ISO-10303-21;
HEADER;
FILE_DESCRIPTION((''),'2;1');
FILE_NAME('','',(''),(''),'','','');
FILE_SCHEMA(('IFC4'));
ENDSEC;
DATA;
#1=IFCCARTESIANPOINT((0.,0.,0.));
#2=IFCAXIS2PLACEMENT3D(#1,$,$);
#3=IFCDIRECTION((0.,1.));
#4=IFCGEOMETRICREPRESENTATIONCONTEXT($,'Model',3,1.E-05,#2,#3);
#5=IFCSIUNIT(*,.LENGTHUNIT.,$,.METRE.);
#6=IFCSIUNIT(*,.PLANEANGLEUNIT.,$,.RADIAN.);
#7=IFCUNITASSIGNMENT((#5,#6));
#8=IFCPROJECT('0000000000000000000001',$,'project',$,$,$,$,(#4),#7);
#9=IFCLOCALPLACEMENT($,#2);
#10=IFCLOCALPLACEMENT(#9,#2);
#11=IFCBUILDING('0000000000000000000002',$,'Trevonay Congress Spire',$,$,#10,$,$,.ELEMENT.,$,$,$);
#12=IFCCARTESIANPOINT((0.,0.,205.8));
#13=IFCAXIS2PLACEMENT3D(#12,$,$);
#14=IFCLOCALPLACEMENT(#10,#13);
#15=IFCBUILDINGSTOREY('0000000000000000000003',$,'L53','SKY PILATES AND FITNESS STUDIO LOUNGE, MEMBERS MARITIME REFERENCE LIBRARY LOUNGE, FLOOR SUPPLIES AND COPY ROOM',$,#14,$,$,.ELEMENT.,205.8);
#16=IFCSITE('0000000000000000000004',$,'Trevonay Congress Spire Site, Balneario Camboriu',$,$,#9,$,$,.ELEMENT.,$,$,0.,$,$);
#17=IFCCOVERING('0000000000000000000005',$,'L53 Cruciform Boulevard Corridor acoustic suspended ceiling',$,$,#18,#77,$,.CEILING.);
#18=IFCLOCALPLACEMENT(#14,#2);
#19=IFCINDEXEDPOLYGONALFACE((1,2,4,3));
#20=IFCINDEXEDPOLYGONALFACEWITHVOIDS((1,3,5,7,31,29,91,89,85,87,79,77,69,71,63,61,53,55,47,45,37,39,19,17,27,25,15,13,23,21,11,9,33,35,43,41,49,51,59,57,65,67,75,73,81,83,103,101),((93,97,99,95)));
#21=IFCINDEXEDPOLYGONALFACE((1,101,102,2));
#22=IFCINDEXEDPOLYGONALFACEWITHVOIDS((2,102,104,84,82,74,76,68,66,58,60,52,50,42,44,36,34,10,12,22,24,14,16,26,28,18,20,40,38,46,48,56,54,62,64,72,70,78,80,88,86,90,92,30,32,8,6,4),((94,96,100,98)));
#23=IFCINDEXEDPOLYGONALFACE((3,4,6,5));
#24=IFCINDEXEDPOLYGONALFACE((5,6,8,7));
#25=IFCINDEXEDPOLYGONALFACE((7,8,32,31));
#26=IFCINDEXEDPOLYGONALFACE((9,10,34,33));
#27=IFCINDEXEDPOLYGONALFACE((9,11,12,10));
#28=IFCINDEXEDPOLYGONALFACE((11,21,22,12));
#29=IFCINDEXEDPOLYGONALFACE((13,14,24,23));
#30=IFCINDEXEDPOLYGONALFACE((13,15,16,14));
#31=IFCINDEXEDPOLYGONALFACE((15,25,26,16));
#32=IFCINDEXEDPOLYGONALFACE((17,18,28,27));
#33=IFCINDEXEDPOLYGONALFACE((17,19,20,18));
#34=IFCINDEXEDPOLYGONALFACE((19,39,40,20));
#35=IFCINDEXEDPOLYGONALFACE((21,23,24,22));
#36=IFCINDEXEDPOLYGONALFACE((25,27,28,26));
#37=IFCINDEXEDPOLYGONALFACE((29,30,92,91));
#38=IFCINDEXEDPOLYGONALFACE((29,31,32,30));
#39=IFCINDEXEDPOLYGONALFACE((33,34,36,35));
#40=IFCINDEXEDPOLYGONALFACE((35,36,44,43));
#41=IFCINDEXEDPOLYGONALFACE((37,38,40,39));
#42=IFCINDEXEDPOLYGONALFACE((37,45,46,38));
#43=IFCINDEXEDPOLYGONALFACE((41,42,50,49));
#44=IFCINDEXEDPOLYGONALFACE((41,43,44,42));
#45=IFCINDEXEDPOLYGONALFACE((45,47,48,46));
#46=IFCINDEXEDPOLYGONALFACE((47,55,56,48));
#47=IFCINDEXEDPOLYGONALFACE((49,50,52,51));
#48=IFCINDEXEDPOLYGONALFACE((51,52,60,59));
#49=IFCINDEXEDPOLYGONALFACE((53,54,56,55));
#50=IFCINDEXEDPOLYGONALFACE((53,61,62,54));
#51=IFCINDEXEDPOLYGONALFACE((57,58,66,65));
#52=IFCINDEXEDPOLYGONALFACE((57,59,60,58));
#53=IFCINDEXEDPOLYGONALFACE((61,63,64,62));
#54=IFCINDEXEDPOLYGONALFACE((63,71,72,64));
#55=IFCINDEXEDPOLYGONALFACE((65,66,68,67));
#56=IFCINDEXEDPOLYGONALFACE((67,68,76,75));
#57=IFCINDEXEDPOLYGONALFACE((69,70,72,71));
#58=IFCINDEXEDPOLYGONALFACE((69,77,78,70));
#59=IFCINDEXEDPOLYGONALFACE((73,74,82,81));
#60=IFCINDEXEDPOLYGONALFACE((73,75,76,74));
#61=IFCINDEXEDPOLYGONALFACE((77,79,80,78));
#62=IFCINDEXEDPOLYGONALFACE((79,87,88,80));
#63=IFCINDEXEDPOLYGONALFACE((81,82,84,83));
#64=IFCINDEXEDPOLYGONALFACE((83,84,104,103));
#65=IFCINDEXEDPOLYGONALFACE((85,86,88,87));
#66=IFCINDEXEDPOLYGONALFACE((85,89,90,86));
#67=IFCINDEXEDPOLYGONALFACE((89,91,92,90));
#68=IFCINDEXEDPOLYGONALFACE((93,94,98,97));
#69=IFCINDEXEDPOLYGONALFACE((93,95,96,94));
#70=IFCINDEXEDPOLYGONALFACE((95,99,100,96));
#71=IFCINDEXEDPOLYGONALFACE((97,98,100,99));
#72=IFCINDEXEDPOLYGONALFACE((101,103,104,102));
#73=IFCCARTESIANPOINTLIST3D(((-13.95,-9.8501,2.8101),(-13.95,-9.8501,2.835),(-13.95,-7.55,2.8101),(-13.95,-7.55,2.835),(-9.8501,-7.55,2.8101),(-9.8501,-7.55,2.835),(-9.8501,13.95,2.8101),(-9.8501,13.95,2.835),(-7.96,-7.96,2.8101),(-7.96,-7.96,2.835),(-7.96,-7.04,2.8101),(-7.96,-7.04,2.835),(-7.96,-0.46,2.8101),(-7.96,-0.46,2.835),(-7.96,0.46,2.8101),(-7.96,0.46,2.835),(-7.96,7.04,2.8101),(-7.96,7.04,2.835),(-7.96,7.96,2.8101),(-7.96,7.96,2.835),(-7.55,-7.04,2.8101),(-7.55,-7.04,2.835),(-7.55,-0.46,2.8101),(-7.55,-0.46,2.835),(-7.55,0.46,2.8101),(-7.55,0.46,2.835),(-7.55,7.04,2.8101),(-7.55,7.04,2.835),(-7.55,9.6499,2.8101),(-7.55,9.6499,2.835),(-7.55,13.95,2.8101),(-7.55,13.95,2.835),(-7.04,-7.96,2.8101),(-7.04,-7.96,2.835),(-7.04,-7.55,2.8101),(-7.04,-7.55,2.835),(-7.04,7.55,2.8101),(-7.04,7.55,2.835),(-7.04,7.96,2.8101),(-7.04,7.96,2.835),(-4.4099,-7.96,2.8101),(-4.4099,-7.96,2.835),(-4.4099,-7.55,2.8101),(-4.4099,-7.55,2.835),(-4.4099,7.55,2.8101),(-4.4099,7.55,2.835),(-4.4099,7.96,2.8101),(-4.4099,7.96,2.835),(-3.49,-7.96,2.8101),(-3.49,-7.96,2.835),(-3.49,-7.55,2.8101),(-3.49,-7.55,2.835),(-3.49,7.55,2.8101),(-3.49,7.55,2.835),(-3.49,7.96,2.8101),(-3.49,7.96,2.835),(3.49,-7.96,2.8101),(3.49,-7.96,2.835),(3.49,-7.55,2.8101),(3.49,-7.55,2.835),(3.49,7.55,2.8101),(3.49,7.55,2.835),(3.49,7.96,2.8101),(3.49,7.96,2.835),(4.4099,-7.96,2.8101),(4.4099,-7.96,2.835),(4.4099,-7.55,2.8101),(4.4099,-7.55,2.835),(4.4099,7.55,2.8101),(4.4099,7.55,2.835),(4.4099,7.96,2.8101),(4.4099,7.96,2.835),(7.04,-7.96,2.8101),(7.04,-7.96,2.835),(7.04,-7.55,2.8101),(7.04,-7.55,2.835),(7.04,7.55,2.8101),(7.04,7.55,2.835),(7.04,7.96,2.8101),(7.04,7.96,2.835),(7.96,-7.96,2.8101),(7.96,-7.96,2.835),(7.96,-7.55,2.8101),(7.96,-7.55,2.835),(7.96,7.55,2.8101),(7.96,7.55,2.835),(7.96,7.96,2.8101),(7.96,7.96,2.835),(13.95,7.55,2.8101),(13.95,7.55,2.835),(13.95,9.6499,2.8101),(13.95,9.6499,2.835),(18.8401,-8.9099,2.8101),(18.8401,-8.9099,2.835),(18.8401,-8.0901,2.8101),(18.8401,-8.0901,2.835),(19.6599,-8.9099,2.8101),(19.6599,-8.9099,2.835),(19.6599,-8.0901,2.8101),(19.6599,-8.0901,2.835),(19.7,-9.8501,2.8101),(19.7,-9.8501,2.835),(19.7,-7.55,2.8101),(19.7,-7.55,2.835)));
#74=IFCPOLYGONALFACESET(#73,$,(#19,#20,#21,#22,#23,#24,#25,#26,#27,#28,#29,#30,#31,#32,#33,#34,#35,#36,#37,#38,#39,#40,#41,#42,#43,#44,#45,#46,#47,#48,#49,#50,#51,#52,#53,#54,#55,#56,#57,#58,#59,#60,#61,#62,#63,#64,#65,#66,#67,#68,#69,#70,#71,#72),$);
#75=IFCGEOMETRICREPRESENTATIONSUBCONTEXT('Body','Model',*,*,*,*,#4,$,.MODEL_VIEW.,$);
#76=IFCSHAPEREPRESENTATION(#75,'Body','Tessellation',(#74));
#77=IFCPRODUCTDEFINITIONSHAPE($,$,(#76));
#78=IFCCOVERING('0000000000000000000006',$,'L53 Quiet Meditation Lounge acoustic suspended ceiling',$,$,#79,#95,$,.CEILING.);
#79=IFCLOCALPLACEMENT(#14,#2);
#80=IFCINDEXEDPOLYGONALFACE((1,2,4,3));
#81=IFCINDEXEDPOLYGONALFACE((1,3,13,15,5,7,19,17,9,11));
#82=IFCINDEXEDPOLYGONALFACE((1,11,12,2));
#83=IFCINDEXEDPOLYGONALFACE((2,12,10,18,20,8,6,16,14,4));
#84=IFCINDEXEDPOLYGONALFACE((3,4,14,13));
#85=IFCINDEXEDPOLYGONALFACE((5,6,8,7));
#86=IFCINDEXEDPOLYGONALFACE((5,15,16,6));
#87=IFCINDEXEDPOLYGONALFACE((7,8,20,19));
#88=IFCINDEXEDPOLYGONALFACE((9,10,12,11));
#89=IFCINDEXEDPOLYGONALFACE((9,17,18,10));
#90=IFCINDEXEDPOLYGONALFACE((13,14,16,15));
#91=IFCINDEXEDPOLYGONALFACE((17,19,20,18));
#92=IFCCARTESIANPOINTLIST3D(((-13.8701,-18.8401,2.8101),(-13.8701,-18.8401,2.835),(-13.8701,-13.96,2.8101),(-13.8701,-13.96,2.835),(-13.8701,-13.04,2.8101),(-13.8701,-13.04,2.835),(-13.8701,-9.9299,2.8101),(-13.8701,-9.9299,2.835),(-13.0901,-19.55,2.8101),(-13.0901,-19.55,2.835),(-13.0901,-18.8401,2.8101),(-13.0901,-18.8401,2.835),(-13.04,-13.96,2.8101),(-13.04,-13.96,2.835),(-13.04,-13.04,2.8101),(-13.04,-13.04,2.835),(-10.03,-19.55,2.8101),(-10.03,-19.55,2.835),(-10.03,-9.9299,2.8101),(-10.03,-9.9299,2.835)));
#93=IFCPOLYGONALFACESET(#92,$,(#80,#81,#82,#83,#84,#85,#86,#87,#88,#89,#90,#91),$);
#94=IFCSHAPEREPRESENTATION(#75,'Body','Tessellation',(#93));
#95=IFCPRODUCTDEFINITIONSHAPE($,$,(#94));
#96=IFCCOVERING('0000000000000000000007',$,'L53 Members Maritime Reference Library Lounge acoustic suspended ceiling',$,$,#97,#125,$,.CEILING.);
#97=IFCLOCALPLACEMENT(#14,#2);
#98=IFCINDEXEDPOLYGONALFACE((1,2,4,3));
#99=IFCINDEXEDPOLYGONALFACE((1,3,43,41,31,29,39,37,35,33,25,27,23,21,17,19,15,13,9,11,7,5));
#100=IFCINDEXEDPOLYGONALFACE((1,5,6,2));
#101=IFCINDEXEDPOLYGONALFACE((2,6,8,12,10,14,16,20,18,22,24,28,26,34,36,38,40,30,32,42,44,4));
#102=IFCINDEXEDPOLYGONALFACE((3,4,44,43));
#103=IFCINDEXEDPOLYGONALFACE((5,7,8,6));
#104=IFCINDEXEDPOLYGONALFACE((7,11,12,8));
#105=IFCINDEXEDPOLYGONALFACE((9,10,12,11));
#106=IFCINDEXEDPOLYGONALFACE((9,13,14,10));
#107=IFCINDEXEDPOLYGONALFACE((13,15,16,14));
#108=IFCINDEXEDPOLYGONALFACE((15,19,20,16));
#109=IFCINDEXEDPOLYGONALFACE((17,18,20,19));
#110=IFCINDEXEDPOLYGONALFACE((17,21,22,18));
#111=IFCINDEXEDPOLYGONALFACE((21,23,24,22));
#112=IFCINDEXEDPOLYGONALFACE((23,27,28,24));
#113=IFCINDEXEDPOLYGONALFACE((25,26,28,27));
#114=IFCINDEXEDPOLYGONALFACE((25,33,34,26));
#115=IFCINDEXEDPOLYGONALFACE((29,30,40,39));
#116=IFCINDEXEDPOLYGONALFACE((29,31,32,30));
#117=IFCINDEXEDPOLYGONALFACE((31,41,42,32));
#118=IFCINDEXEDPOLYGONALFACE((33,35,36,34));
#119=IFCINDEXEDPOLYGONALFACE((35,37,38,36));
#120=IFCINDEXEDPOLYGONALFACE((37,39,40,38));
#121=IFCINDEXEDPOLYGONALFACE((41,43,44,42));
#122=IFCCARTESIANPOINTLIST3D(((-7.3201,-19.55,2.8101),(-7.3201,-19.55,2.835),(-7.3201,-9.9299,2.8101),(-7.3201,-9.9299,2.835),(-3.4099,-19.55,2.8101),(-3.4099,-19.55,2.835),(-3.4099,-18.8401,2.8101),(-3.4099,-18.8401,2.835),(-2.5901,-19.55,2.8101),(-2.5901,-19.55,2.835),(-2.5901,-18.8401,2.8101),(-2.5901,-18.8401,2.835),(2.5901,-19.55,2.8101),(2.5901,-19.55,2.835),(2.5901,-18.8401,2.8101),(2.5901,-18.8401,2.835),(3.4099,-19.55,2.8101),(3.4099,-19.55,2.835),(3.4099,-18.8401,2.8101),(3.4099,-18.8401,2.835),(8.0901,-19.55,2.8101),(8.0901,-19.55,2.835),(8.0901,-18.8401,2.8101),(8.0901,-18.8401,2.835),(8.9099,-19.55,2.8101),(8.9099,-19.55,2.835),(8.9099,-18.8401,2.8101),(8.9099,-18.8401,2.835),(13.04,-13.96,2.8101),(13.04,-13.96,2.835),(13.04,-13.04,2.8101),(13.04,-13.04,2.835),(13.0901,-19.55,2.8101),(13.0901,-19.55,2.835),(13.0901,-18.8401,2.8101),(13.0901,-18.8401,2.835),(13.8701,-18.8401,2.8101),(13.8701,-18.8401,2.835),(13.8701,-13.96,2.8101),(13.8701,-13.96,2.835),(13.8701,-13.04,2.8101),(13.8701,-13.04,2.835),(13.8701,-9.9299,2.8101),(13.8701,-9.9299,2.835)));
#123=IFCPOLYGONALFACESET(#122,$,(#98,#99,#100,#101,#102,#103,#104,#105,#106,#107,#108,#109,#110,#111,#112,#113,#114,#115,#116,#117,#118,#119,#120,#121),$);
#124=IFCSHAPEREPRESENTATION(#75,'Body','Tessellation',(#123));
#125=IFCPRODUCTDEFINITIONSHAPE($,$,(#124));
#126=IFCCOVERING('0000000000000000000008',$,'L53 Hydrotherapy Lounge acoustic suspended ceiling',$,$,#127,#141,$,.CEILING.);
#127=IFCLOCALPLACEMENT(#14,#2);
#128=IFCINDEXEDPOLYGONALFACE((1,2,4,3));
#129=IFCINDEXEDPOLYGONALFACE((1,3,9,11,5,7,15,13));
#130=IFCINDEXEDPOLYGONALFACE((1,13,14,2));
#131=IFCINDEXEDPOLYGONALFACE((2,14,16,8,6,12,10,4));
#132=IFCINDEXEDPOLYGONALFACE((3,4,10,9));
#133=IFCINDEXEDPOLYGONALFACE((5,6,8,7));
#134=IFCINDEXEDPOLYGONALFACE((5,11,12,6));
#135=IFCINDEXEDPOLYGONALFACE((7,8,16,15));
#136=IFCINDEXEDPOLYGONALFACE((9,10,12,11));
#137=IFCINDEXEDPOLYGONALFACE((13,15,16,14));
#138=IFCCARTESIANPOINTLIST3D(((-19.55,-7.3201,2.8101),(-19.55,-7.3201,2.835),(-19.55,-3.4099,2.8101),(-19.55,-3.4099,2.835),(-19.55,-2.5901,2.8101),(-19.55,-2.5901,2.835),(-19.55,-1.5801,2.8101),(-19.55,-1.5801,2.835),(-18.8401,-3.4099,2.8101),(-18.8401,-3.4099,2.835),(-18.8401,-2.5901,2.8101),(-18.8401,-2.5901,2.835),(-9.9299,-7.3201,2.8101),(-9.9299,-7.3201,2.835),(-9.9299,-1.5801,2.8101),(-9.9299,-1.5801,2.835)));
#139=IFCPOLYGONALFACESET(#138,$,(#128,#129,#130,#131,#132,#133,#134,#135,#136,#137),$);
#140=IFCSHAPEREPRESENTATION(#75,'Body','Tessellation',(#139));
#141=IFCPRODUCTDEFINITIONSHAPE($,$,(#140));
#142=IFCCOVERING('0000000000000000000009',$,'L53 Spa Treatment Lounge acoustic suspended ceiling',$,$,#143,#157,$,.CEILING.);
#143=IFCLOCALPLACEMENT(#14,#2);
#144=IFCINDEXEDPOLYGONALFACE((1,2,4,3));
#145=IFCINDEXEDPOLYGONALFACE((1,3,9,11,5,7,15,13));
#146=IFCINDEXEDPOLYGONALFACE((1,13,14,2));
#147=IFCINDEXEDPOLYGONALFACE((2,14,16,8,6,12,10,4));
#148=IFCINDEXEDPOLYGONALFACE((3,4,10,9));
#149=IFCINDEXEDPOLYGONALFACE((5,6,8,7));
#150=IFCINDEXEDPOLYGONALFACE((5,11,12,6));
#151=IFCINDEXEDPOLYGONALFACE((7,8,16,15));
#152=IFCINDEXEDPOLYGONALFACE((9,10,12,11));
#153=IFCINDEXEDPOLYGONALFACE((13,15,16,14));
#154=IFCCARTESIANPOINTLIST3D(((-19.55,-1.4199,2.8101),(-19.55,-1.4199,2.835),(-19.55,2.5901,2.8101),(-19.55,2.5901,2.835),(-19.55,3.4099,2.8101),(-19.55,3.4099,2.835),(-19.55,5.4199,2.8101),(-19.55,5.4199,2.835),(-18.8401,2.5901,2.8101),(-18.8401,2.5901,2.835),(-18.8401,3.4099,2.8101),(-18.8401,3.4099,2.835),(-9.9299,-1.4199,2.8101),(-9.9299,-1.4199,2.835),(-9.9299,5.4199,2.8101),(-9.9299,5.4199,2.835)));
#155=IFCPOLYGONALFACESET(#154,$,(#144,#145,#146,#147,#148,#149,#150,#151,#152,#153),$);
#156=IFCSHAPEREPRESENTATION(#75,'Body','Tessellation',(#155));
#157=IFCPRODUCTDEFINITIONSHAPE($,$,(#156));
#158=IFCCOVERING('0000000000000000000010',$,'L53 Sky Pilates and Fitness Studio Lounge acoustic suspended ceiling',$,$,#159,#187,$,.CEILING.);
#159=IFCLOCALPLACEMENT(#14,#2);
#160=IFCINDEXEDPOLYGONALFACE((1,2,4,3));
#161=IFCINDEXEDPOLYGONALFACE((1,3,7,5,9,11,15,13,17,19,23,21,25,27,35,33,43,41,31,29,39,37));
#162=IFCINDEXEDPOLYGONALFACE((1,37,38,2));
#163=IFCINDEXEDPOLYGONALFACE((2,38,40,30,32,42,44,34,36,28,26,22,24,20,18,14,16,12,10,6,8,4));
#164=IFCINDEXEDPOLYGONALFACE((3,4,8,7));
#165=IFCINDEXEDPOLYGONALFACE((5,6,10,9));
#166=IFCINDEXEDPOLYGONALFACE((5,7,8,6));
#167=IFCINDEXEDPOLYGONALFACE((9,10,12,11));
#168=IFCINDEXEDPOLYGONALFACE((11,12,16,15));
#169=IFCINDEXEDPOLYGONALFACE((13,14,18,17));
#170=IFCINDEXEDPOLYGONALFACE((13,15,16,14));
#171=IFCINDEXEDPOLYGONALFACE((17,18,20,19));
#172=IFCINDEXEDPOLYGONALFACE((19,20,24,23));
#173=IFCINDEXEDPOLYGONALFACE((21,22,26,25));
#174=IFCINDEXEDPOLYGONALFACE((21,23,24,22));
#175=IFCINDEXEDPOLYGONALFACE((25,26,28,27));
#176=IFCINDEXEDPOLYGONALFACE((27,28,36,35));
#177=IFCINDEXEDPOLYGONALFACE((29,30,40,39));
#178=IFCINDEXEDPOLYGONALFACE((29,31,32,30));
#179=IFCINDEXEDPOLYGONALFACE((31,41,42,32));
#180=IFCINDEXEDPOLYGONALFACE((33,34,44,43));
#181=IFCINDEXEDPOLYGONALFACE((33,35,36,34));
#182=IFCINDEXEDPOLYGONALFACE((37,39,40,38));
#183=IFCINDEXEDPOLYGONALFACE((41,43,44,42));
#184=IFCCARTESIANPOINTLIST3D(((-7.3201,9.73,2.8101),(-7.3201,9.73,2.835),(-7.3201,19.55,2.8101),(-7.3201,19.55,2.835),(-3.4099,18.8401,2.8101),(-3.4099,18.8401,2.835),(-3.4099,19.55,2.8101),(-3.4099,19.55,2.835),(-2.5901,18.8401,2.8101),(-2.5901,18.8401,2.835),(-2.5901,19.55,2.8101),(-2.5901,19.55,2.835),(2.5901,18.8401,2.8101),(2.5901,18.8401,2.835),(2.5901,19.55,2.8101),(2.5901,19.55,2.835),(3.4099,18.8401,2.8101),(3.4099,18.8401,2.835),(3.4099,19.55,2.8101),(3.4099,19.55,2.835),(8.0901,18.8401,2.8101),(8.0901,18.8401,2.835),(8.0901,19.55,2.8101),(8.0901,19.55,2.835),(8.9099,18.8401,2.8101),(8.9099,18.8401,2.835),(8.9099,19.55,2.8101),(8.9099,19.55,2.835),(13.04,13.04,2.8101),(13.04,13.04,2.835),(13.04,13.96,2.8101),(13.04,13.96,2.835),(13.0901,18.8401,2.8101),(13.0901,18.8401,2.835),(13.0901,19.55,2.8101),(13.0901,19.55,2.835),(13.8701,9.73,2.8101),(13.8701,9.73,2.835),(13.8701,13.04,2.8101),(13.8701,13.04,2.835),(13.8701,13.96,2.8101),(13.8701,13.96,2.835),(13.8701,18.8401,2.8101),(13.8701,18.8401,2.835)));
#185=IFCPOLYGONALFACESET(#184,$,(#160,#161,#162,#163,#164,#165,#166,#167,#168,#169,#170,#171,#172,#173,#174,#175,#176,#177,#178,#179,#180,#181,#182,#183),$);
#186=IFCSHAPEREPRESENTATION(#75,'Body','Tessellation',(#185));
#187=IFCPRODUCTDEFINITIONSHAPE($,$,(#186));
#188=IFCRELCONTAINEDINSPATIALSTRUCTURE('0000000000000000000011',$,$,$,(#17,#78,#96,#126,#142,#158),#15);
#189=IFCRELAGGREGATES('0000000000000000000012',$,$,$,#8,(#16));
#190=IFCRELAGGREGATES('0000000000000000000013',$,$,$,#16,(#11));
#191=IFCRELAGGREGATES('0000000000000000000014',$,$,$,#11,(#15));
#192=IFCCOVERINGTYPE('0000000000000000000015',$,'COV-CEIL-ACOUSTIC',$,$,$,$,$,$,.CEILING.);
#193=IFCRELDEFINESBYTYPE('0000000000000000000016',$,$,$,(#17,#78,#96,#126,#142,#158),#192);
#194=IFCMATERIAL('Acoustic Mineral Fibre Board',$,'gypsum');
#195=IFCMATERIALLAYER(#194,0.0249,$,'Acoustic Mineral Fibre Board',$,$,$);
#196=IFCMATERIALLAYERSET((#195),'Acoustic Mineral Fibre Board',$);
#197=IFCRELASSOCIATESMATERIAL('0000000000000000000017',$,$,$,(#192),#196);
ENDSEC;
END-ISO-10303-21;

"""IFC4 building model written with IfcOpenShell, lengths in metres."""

from ifc_helpers import new_model, si_unit, direction, frame, origin, place, context, subcontext, project, spatial, polyline, outline, extrude, material, layer, layer_set, type_object, element, save


model = new_model("IFC4")

# Units and contexts
model_context = context("Model", 3, precision=1e-05, world=origin(), true_north=direction((0.0, 1.0)))
body_context = subcontext(model_context, "Body", "Model", "MODEL_VIEW")
ifc_project = project(units=[si_unit("LENGTHUNIT", "METRE"), si_unit("PLANEANGLEUNIT", "RADIAN")], contexts=[model_context])

# Site, building, storey
site_placement = place(None, origin())
site = spatial("IfcSite", under=ifc_project, at=site_placement, Name="Trevonay Congress Spire Site, Balneario Camboriu", CompositionType="ELEMENT", RefElevation=0.0)
building_placement = place(site_placement, origin())
building = spatial("IfcBuilding", under=site, at=building_placement, Name="Trevonay Congress Spire", CompositionType="ELEMENT")
storey_placement = place(building_placement, frame((0.0, 0.0, 205.8)))
storey = spatial("IfcBuildingStorey", under=building, at=storey_placement, Name="L53", Description="SKY PILATES AND FITNESS STUDIO LOUNGE, MEMBERS MARITIME REFERENCE LIBRARY LOUNGE, FLOOR SUPPLIES AND COPY ROOM", CompositionType="ELEMENT", Elevation=205.8)

# Coverings
ifc_material_1 = material(Name="Acoustic Mineral Fibre Board", Category="gypsum")
ifc_layer_1 = layer(ifc_material_1, 0.0249, Name="Acoustic Mineral Fibre Board")
ifc_layer_set_1 = layer_set([ifc_layer_1], Name="Acoustic Mineral Fibre Board")
covering_type_1 = type_object("IfcCoveringType", Name="COV-CEIL-ACOUSTIC", PredefinedType="CEILING", material=ifc_layer_set_1)
covering_1_placement = place(storey_placement, frame((0.0, 0.0, 2.8101)))
element("IfcCovering", 1, at=covering_1_placement, inside=storey, type_object=covering_type_1, Name="L53 Cruciform Boulevard Corridor acoustic suspended ceiling", PredefinedType="CEILING", context=body_context, shape_type="SweptSolid", body=[
    extrude(outline(polyline([(19.7, -7.55), (19.7, -9.8501), (-13.95, -9.8501), (-13.95, -7.55), (-9.8501, -7.55), (-9.8501, 13.95), (-7.55, 13.95), (-7.55, 9.6499), (13.95, 9.6499), (13.95, 7.55), (7.96, 7.55), (7.96, 7.96), (7.04, 7.96), (7.04, 7.55), (4.4099, 7.55), (4.4099, 7.96), (3.49, 7.96), (3.49, 7.55), (-3.49, 7.55), (-3.49, 7.96), (-4.4099, 7.96), (-4.4099, 7.55), (-7.04, 7.55), (-7.04, 7.96), (-7.96, 7.96), (-7.96, 7.04), (-7.55, 7.04), (-7.55, 0.46), (-7.96, 0.46), (-7.96, -0.46), (-7.55, -0.46), (-7.55, -7.04), (-7.96, -7.04), (-7.96, -7.96), (-7.04, -7.96), (-7.04, -7.55), (-4.4099, -7.55), (-4.4099, -7.96), (-3.49, -7.96), (-3.49, -7.55), (3.49, -7.55), (3.49, -7.96), (4.4099, -7.96), (4.4099, -7.55), (7.04, -7.55), (7.04, -7.96), (7.96, -7.96), (7.96, -7.55), (19.7, -7.55)]), holes=[polyline([(19.6599, -8.0901), (18.8401, -8.0901), (18.8401, -8.9099), (19.6599, -8.9099), (19.6599, -8.0901)])]), origin(), (0.0, 0.0, 1.0), 0.0249),
])
covering_2_placement = place(storey_placement, frame((0.0, 0.0, 2.8101)))
element("IfcCovering", 2, at=covering_2_placement, inside=storey, type_object=covering_type_1, Name="L53 Quiet Meditation Lounge acoustic suspended ceiling", PredefinedType="CEILING", context=body_context, shape_type="SweptSolid", body=[
    extrude(outline(polyline([(-13.8701, -9.9299), (-10.03, -9.9299), (-10.03, -19.55), (-13.0901, -19.55), (-13.0901, -18.8401), (-13.8701, -18.8401), (-13.8701, -13.96), (-13.04, -13.96), (-13.04, -13.04), (-13.8701, -13.04), (-13.8701, -9.9299)])), origin(), (0.0, 0.0, 1.0), 0.0249),
])
covering_3_placement = place(storey_placement, frame((0.0, 0.0, 2.8101)))
element("IfcCovering", 3, at=covering_3_placement, inside=storey, type_object=covering_type_1, Name="L53 Members Maritime Reference Library Lounge acoustic suspended ceiling", PredefinedType="CEILING", context=body_context, shape_type="SweptSolid", body=[
    extrude(outline(polyline([(-7.3201, -19.55), (-7.3201, -9.9299), (13.8701, -9.9299), (13.8701, -13.04), (13.04, -13.04), (13.04, -13.96), (13.8701, -13.96), (13.8701, -18.8401), (13.0901, -18.8401), (13.0901, -19.55), (8.9099, -19.55), (8.9099, -18.8401), (8.0901, -18.8401), (8.0901, -19.55), (3.4099, -19.55), (3.4099, -18.8401), (2.5901, -18.8401), (2.5901, -19.55), (-2.5901, -19.55), (-2.5901, -18.8401), (-3.4099, -18.8401), (-3.4099, -19.55), (-7.3201, -19.55)])), origin(), (0.0, 0.0, 1.0), 0.0249),
])
covering_4_placement = place(storey_placement, frame((0.0, 0.0, 2.8101)))
element("IfcCovering", 4, at=covering_4_placement, inside=storey, type_object=covering_type_1, Name="L53 Hydrotherapy Lounge acoustic suspended ceiling", PredefinedType="CEILING", context=body_context, shape_type="SweptSolid", body=[
    extrude(outline(polyline([(-19.55, -1.5801), (-9.9299, -1.5801), (-9.9299, -7.3201), (-19.55, -7.3201), (-19.55, -3.4099), (-18.8401, -3.4099), (-18.8401, -2.5901), (-19.55, -2.5901), (-19.55, -1.5801)])), origin(), (0.0, 0.0, 1.0), 0.0249),
])
covering_5_placement = place(storey_placement, frame((0.0, 0.0, 2.8101)))
element("IfcCovering", 5, at=covering_5_placement, inside=storey, type_object=covering_type_1, Name="L53 Spa Treatment Lounge acoustic suspended ceiling", PredefinedType="CEILING", context=body_context, shape_type="SweptSolid", body=[
    extrude(outline(polyline([(-19.55, 5.4199), (-9.9299, 5.4199), (-9.9299, -1.4199), (-19.55, -1.4199), (-19.55, 2.5901), (-18.8401, 2.5901), (-18.8401, 3.4099), (-19.55, 3.4099), (-19.55, 5.4199)])), origin(), (0.0, 0.0, 1.0), 0.0249),
])
covering_6_placement = place(storey_placement, frame((0.0, 0.0, 2.8101)))
element("IfcCovering", 6, at=covering_6_placement, inside=storey, type_object=covering_type_1, Name="L53 Sky Pilates and Fitness Studio Lounge acoustic suspended ceiling", PredefinedType="CEILING", context=body_context, shape_type="SweptSolid", body=[
    extrude(outline(polyline([(13.8701, 9.73), (-7.3201, 9.73), (-7.3201, 19.55), (-3.4099, 19.55), (-3.4099, 18.8401), (-2.5901, 18.8401), (-2.5901, 19.55), (2.5901, 19.55), (2.5901, 18.8401), (3.4099, 18.8401), (3.4099, 19.55), (8.0901, 19.55), (8.0901, 18.8401), (8.9099, 18.8401), (8.9099, 19.55), (13.0901, 19.55), (13.0901, 18.8401), (13.8701, 18.8401), (13.8701, 13.96), (13.04, 13.96), (13.04, 13.04), (13.8701, 13.04), (13.8701, 9.73)])), origin(), (0.0, 0.0, 1.0), 0.0249),
])

save(model, "model.ifc")
